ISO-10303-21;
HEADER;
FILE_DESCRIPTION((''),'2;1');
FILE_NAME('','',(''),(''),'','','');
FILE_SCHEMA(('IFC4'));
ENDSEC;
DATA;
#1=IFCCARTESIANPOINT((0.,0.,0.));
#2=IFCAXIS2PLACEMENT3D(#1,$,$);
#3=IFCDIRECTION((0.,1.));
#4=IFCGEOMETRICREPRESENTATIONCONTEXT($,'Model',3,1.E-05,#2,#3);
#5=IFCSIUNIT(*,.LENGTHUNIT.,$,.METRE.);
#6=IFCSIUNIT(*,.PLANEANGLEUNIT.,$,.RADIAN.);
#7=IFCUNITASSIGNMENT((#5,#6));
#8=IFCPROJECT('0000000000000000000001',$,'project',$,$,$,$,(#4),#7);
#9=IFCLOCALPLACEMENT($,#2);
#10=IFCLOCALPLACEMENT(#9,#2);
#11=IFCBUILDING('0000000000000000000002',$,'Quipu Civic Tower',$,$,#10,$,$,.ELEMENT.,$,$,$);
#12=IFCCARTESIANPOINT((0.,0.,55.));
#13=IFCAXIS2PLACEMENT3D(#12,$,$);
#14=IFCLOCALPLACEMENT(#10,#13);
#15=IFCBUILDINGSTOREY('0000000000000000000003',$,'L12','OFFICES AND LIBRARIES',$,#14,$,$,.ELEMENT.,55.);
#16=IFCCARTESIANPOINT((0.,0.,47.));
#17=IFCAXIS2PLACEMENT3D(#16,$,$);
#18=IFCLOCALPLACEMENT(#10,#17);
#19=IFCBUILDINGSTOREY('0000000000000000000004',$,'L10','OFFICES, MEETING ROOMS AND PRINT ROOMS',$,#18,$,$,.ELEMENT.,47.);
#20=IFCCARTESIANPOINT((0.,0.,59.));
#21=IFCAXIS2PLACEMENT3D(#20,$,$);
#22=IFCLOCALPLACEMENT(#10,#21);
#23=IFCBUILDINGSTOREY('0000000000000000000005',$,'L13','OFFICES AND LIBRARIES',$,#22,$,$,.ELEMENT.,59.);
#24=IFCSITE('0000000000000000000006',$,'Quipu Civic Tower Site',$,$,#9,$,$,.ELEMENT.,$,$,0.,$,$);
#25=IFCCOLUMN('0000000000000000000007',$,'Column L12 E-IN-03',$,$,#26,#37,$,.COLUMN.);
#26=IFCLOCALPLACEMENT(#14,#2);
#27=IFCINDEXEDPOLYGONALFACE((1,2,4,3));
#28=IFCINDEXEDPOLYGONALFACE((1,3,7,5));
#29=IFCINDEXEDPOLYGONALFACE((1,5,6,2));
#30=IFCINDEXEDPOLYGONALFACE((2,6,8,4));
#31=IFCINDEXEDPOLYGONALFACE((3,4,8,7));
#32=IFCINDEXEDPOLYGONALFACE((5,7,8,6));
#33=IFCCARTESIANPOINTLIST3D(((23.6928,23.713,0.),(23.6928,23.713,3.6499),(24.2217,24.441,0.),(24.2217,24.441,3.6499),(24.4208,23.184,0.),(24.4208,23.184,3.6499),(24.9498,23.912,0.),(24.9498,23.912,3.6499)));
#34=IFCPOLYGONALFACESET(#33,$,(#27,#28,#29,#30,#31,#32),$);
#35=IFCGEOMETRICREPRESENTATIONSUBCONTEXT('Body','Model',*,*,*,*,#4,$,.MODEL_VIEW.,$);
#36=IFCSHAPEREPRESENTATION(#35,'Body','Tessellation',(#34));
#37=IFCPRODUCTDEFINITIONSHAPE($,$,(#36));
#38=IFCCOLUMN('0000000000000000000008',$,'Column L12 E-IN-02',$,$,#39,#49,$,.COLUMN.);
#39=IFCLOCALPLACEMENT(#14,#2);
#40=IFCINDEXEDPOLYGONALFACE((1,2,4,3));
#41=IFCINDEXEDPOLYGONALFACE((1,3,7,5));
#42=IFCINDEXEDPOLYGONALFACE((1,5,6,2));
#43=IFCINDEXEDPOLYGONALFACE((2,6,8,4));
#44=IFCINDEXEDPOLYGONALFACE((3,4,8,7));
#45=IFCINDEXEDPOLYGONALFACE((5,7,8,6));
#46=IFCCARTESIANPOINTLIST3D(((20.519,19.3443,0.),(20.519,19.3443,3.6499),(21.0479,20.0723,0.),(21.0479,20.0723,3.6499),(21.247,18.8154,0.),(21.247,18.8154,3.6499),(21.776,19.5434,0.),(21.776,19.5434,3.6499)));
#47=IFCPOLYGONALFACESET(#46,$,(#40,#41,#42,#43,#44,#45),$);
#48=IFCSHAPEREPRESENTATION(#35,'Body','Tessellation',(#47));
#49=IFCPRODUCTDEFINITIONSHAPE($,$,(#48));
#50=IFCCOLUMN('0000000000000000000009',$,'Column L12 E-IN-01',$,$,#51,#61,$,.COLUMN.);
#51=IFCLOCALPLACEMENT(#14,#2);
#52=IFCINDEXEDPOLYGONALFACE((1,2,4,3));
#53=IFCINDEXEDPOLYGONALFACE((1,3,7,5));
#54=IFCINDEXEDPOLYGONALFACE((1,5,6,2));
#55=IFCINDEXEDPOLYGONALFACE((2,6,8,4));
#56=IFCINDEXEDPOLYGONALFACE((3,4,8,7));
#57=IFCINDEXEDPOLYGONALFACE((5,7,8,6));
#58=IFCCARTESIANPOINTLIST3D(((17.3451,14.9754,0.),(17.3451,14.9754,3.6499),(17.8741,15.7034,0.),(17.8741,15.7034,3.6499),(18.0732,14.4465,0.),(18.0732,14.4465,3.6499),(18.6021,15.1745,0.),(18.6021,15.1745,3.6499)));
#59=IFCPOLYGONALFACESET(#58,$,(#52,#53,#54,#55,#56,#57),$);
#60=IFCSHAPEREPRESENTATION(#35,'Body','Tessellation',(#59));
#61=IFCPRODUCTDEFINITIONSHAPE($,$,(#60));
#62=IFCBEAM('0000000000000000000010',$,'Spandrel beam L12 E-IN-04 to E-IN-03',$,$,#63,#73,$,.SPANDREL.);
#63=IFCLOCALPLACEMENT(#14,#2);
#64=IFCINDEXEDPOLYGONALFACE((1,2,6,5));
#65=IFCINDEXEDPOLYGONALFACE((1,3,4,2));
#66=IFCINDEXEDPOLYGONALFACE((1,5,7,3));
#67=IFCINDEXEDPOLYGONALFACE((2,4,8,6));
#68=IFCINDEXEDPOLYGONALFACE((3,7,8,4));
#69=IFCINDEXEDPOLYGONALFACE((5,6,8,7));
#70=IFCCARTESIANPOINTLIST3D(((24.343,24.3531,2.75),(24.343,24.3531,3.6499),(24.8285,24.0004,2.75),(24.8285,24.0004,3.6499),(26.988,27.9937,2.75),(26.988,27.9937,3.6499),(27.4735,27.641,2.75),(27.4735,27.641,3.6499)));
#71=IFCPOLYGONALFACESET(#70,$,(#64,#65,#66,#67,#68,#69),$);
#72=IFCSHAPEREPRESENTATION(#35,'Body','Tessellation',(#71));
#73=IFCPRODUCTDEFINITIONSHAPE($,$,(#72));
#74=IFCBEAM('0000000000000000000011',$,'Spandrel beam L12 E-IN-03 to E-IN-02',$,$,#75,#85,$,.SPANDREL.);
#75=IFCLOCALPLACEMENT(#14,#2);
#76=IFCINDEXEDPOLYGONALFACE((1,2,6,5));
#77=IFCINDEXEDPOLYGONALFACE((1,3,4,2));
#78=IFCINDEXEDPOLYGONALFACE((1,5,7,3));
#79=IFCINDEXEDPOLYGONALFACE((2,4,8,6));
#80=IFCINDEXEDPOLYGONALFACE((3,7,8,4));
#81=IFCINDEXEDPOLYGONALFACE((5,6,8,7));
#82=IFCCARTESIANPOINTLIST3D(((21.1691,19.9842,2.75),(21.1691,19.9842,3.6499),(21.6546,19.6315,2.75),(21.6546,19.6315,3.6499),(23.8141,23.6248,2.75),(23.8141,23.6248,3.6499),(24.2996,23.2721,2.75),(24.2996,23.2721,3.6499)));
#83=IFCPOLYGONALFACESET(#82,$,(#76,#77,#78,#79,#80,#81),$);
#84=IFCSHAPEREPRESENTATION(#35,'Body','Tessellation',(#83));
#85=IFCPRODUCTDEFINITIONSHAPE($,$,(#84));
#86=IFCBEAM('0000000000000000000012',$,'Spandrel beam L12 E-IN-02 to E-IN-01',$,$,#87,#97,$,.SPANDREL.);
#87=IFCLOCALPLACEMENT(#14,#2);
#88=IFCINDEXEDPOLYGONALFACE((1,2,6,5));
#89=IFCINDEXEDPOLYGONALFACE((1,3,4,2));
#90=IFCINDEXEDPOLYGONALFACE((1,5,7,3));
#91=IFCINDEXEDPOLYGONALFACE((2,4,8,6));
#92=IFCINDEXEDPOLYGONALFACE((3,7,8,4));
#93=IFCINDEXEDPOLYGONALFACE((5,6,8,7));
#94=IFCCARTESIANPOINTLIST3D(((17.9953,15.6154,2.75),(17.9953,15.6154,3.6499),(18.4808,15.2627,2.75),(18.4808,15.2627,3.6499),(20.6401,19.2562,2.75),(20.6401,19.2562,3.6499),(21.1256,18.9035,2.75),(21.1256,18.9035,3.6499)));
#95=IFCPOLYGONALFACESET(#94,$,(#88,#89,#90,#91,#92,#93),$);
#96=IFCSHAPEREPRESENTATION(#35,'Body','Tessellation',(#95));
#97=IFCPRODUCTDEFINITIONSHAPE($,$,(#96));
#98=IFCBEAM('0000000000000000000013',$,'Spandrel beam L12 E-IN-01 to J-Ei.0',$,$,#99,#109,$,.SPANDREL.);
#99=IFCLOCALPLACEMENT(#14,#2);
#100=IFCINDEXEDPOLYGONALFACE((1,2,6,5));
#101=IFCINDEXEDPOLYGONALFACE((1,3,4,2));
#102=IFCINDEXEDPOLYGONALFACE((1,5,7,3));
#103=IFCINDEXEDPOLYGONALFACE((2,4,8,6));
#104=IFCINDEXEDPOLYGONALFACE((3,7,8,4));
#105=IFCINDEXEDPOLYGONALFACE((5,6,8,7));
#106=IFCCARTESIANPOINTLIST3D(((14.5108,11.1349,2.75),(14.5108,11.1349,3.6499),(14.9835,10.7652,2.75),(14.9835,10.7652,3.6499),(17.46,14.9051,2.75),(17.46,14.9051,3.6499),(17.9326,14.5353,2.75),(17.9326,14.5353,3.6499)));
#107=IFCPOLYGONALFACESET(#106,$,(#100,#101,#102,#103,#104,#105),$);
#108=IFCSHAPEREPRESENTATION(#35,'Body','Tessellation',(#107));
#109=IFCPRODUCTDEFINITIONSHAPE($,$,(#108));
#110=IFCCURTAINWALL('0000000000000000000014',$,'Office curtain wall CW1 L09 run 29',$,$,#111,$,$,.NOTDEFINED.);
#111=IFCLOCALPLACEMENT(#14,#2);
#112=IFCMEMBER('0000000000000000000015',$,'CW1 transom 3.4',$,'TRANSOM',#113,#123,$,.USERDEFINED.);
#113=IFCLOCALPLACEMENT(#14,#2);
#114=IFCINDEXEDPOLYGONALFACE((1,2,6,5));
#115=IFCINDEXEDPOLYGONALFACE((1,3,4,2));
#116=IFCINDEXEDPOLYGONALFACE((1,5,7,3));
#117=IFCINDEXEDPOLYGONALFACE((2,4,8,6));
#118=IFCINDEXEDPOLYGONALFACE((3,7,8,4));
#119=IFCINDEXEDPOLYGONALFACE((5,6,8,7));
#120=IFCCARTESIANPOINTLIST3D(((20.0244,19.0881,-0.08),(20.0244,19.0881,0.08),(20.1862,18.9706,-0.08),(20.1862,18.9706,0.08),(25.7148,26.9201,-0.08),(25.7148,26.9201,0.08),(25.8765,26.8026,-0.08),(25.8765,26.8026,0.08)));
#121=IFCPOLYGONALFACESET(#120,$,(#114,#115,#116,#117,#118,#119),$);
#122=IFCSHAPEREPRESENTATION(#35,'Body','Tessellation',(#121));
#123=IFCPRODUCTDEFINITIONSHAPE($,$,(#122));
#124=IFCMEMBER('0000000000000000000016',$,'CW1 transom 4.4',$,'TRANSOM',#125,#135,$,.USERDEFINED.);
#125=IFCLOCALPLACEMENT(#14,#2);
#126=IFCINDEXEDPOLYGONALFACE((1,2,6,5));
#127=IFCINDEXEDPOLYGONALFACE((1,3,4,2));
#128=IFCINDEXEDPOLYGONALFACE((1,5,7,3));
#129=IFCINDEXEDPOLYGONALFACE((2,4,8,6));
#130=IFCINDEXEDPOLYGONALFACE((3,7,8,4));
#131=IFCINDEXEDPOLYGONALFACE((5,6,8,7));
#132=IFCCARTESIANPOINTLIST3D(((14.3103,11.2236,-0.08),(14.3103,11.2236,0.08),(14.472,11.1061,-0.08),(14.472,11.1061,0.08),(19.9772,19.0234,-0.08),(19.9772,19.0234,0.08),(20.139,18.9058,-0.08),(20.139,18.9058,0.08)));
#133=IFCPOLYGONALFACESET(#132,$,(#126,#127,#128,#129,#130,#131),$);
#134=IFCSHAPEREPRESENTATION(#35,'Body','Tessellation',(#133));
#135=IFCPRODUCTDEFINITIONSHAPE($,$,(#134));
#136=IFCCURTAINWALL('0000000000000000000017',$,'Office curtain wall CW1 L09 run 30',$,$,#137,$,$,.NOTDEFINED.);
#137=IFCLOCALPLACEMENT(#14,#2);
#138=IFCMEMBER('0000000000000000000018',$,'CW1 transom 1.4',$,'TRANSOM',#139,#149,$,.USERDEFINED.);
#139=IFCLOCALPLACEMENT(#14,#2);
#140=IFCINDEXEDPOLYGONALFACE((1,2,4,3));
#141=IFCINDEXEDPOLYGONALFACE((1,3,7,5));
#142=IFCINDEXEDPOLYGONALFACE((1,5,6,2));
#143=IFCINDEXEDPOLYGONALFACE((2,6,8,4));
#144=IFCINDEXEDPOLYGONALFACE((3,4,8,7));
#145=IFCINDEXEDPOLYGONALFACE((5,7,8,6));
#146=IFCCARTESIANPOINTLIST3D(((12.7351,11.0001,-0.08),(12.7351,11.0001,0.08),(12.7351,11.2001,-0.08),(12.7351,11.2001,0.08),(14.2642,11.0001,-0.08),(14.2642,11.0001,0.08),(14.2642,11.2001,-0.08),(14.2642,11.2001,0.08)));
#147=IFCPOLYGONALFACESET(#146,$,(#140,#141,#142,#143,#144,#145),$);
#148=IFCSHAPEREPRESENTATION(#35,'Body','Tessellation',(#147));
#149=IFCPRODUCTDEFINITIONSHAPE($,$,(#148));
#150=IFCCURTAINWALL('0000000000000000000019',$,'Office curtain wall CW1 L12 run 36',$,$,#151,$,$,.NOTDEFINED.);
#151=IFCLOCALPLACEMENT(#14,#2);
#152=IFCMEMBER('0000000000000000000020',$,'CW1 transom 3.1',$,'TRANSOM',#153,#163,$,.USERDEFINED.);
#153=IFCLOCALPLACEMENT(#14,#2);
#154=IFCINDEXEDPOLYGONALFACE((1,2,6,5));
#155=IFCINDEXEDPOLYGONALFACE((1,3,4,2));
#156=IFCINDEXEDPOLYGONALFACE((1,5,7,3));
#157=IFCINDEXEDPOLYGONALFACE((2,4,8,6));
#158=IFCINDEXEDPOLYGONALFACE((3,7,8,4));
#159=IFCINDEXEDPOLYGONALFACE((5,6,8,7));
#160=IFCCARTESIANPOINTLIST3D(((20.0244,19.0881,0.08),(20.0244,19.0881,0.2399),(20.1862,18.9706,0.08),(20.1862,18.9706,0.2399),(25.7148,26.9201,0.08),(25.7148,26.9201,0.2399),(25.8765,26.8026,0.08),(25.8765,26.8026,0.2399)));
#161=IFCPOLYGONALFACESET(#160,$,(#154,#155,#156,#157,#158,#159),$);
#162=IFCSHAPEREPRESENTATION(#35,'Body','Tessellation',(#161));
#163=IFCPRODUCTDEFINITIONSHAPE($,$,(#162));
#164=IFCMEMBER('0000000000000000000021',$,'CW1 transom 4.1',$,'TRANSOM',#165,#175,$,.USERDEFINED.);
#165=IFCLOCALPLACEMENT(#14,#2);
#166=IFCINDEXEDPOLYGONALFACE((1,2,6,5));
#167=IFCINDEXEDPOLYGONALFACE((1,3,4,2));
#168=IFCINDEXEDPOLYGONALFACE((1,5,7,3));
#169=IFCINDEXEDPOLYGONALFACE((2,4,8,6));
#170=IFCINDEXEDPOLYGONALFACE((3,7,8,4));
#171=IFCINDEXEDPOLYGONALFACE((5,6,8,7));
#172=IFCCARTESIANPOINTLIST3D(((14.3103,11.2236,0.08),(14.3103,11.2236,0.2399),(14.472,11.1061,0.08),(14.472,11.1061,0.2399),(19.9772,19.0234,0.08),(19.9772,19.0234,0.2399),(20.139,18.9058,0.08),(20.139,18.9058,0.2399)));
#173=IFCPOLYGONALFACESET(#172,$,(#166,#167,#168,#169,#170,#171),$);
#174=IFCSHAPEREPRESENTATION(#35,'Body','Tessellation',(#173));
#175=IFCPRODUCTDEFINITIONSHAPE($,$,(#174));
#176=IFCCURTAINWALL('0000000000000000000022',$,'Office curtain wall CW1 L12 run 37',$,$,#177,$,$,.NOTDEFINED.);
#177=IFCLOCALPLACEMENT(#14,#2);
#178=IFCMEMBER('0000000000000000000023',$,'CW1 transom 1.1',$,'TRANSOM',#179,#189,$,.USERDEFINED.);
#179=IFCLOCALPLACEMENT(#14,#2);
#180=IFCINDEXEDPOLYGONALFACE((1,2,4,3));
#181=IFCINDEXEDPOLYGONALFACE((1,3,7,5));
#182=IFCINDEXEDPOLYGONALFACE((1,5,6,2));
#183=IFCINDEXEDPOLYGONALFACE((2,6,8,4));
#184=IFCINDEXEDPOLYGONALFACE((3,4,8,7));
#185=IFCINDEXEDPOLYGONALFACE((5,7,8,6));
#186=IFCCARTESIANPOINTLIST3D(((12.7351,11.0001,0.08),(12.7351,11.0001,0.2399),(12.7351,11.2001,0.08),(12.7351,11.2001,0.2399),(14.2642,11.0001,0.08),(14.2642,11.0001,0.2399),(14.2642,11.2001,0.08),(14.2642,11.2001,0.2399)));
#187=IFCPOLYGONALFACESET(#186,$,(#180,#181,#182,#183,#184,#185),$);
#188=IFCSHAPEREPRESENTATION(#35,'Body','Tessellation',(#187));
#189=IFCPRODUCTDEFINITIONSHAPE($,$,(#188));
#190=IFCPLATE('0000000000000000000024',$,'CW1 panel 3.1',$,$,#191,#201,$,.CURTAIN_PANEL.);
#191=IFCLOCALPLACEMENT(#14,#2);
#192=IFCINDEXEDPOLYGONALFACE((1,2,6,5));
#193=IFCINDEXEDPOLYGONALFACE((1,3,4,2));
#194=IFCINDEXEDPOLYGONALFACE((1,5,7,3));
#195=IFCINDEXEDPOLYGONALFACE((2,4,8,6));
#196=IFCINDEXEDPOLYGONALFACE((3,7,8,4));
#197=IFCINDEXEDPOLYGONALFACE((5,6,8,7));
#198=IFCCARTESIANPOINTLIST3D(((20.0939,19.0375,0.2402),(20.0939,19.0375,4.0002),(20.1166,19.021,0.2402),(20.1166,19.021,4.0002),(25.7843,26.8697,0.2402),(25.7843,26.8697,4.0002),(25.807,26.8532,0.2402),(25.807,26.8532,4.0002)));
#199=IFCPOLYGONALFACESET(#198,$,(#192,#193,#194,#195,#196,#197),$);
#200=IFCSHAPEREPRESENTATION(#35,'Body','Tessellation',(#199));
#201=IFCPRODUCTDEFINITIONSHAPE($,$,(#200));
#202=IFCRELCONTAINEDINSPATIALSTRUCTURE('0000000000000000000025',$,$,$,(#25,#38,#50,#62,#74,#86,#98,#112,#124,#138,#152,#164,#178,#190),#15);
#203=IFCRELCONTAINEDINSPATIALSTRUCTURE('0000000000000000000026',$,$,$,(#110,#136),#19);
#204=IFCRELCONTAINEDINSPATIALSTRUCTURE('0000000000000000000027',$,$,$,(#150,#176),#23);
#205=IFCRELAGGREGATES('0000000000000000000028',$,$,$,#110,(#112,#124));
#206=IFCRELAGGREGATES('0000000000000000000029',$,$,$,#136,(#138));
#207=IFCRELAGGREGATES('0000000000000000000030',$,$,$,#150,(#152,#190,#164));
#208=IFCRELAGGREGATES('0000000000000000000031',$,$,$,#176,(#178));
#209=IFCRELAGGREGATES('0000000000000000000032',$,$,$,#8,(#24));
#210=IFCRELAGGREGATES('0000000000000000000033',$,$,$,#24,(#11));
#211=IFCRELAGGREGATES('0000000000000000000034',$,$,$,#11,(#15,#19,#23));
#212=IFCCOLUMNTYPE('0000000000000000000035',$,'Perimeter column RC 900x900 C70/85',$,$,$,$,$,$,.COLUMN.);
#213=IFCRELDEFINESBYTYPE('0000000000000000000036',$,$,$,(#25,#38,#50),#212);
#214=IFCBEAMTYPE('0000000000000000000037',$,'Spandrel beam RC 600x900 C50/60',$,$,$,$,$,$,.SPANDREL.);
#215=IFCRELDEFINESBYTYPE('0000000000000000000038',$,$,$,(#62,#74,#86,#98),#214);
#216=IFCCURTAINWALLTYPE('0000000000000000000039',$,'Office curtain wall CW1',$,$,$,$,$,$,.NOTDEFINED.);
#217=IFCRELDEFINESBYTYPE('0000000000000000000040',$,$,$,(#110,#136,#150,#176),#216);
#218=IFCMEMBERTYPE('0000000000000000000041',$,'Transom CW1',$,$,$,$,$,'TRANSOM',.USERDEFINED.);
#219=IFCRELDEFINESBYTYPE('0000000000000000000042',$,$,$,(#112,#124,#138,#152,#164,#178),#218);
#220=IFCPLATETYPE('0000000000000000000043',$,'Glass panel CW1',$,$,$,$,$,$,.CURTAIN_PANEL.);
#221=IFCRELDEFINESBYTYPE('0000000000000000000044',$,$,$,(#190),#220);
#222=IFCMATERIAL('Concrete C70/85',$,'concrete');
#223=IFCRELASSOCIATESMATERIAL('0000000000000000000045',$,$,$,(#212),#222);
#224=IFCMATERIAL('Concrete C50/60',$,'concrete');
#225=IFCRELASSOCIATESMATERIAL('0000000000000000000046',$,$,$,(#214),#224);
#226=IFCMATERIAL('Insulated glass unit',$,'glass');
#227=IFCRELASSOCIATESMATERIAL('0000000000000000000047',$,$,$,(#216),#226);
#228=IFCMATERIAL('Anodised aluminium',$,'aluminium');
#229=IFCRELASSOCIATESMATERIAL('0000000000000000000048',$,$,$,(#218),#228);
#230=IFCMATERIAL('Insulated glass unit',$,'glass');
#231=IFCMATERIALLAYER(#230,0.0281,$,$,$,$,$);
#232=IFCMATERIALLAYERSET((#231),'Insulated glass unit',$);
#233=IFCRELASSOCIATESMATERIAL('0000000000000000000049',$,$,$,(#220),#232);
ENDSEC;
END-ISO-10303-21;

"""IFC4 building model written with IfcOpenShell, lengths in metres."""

from ifc_helpers import new_model, si_unit, direction, frame, origin, origin_2d, place, context, subcontext, project, spatial, rectangle, extrude, material, layer, layer_set, material_profile, profile_set, type_object, element, aggregate, save


model = new_model("IFC4")

# Units and contexts
model_context = context("Model", 3, precision=1e-05, world=origin(), true_north=direction((0.0, 1.0)))
body_context = subcontext(model_context, "Body", "Model", "MODEL_VIEW")
ifc_project = project(units=[si_unit("LENGTHUNIT", "METRE"), si_unit("PLANEANGLEUNIT", "RADIAN")], contexts=[model_context])

# Site, building, storey
site_placement = place(None, origin())
site = spatial("IfcSite", under=ifc_project, at=site_placement, Name="Quipu Civic Tower Site", CompositionType="ELEMENT", RefElevation=0.0)
building_placement = place(site_placement, origin())
building = spatial("IfcBuilding", under=site, at=building_placement, Name="Quipu Civic Tower", CompositionType="ELEMENT")
storey_1_placement = place(building_placement, frame((0.0, 0.0, 55.0)))
storey_1 = spatial("IfcBuildingStorey", under=building, at=storey_1_placement, Name="L12", Description="OFFICES AND LIBRARIES", CompositionType="ELEMENT", Elevation=55.0)

# Columns
ifc_material_1 = material(Name="Concrete C70/85", Category="concrete")
ifc_material_profile_1 = material_profile(ifc_material_1, rectangle(XDim=0.8999, YDim=0.8999, at=origin_2d()), Name="RC900x900")
ifc_profile_set_1 = profile_set([ifc_material_profile_1], Name="Concrete C70/85")
column_type = type_object("IfcColumnType", Name="Perimeter column RC 900x900 C70/85", PredefinedType="COLUMN", material=ifc_profile_set_1)
for number, where, z_axis, x_axis, name in (
    (1, (24.3213, 23.8125, 0.0), (0.0, 0.0, 1.0), (-0.587785, -0.809017, 0.0), "Column L12 E-IN-03"),
    (2, (21.1475, 19.4438, 0.0), (0.0, 0.0, 1.0), (-0.587785, -0.809017, 0.0), "Column L12 E-IN-02"),
    (3, (17.9736, 15.075, 0.0), (0.0, 0.0, 1.0), (-0.587785, -0.809017, 0.0), "Column L12 E-IN-01"),
):
    element("IfcColumn", number, at=place(storey_1_placement, frame(where, z_axis=z_axis, x_axis=x_axis)), inside=storey_1, type_object=column_type, Name=name, PredefinedType="COLUMN", context=body_context, shape_type="SweptSolid", body=[
        extrude(rectangle(XDim=0.8999, YDim=0.8999, at=origin_2d()), origin(), (0.0, 0.0, 1.0), 3.6499),
    ])

# Beams
ifc_material_2 = material(Name="Concrete C50/60", Category="concrete")
ifc_material_profile_2 = material_profile(ifc_material_2, rectangle(XDim=0.6001, YDim=0.8999, at=origin_2d()), Name="RC600x900")
ifc_profile_set_2 = profile_set([ifc_material_profile_2], Name="Concrete C50/60")
beam_type = type_object("IfcBeamType", Name="Spandrel beam RC 600x900 C50/60", PredefinedType="SPANDREL", material=ifc_profile_set_2)
for number, where, z_axis, x_axis, name in (
    (4, (27.2307, 27.8174, 3.2), (-0.587778, -0.809022, 0.0), (0.809022, -0.587778, 0.0), "Spandrel beam L12 E-IN-04 to E-IN-03"),
    (5, (24.0569, 23.4485, 3.2), (-0.587778, -0.809022, 0.0), (0.809022, -0.587778, 0.0), "Spandrel beam L12 E-IN-03 to E-IN-02"),
    (6, (20.8828, 19.0798, 3.2), (-0.587717, -0.809067, 0.0), (0.809067, -0.587717, 0.0), "Spandrel beam L12 E-IN-02 to E-IN-01"),
):
    element("IfcBeam", number, at=place(storey_1_placement, frame(where, z_axis=z_axis, x_axis=x_axis)), inside=storey_1, type_object=beam_type, Name=name, PredefinedType="SPANDREL", context=body_context, shape_type="SweptSolid", body=[
        extrude(rectangle(XDim=0.6001, YDim=0.8999, at=origin_2d()), origin(), (0.0, 0.0, 1.0), 4.5),
    ])
beam_placement = place(storey_1_placement, frame((17.6963, 14.7202, 3.2), z_axis=(-0.616124, -0.787649, 0.0), x_axis=(0.787649, -0.616124, 0.0)))
element("IfcBeam", 7, at=beam_placement, inside=storey_1, type_object=beam_type, Name="Spandrel beam L12 E-IN-01 to J-Ei.0", PredefinedType="SPANDREL", context=body_context, shape_type="SweptSolid", body=[
    extrude(rectangle(XDim=0.6001, YDim=0.8999, at=origin_2d()), origin(), (0.0, 0.0, 1.0), 4.7866),
])

# Shared definitions
storey_2_placement = place(building_placement, frame((0.0, 0.0, 47.0)))
storey_2 = spatial("IfcBuildingStorey", under=building, at=storey_2_placement, Name="L10", Description="OFFICES, MEETING ROOMS AND PRINT ROOMS", CompositionType="ELEMENT", Elevation=47.0)

# Curtain wall, members
ifc_material_3 = material(Name="Insulated glass unit", Category="glass")
curtain_wall_type = type_object("IfcCurtainWallType", Name="Office curtain wall CW1", PredefinedType="NOTDEFINED", material=ifc_material_3)
curtain_wall_1_placement = place(storey_2_placement, origin())
curtain_wall_1 = element("IfcCurtainWall", 8, at=curtain_wall_1_placement, inside=storey_2, type_object=curtain_wall_type, Name="Office curtain wall CW1 L09 run 29", PredefinedType="NOTDEFINED")
ifc_material_4 = material(Name="Anodised aluminium", Category="aluminium")
ifc_material_profile_3 = material_profile(ifc_material_4, rectangle(XDim=0.2, YDim=0.1599, at=origin_2d()), Name="RECT 200x160")
ifc_profile_set_3 = profile_set([ifc_material_profile_3], Name="Anodised aluminium")
member_type = type_object("IfcMemberType", Name="Transom CW1", ElementType="TRANSOM", PredefinedType="USERDEFINED", material=ifc_profile_set_3)
member_1_placement = place(storey_1_placement, frame((25.7957, 26.8613, 0.0), z_axis=(-0.587794, -0.809011, 0.0), x_axis=(0.809011, -0.587794, 0.0)))
member_1 = element("IfcMember", 9, at=member_1_placement, inside=storey_1, type_object=member_type, Name="CW1 transom 3.4", ObjectType="TRANSOM", PredefinedType="USERDEFINED", context=body_context, shape_type="SweptSolid", body=[
    extrude(rectangle(XDim=0.2, YDim=0.1599, at=origin_2d()), origin(), (0.0, 0.0, 1.0), 9.6809),
])
member_2_placement = place(storey_1_placement, frame((20.0581, 18.9646, 0.0), z_axis=(-0.587792, -0.809012, 0.0), x_axis=(0.809012, -0.587792, 0.0)))
member_2 = element("IfcMember", 10, at=member_2_placement, inside=storey_1, type_object=member_type, Name="CW1 transom 4.4", ObjectType="TRANSOM", PredefinedType="USERDEFINED", context=body_context, shape_type="SweptSolid", body=[
    extrude(rectangle(XDim=0.2, YDim=0.1599, at=origin_2d()), origin(), (0.0, 0.0, 1.0), 9.6411),
])
aggregate(curtain_wall_1, [member_1, member_2])

# Curtain wall, member
curtain_wall_2_placement = place(storey_2_placement, origin())
curtain_wall_2 = element("IfcCurtainWall", 11, at=curtain_wall_2_placement, inside=storey_2, type_object=curtain_wall_type, Name="Office curtain wall CW1 L09 run 30", PredefinedType="NOTDEFINED")
member_3_placement = place(storey_1_placement, frame((14.2642, 11.1001, 0.0), z_axis=(-1.0, 0.0, 0.0), x_axis=(0.0, -1.0, 0.0)))
member_3 = element("IfcMember", 12, at=member_3_placement, inside=storey_1, type_object=member_type, Name="CW1 transom 1.4", ObjectType="TRANSOM", PredefinedType="USERDEFINED", context=body_context, shape_type="SweptSolid", body=[
    extrude(rectangle(XDim=0.2, YDim=0.1599, at=origin_2d()), origin(), (0.0, 0.0, 1.0), 1.5291),
])
aggregate(curtain_wall_2, [member_3])

# Shared definitions
storey_3_placement = place(building_placement, frame((0.0, 0.0, 59.0)))
storey_3 = spatial("IfcBuildingStorey", under=building, at=storey_3_placement, Name="L13", Description="OFFICES AND LIBRARIES", CompositionType="ELEMENT", Elevation=59.0)

# Curtain wall, members
curtain_wall_3_placement = place(storey_3_placement, origin())
curtain_wall_3 = element("IfcCurtainWall", 13, at=curtain_wall_3_placement, inside=storey_3, type_object=curtain_wall_type, Name="Office curtain wall CW1 L12 run 36", PredefinedType="NOTDEFINED")
member_4_placement = place(storey_1_placement, frame((25.7957, 26.8613, 0.1599), z_axis=(-0.587794, -0.809011, 0.0), x_axis=(0.809011, -0.587794, 0.0)))
member_4 = element("IfcMember", 14, at=member_4_placement, inside=storey_1, type_object=member_type, Name="CW1 transom 3.1", ObjectType="TRANSOM", PredefinedType="USERDEFINED", context=body_context, shape_type="SweptSolid", body=[
    extrude(rectangle(XDim=0.2, YDim=0.1599, at=origin_2d()), origin(), (0.0, 0.0, 1.0), 9.6809),
])
member_5_placement = place(storey_1_placement, frame((20.0581, 18.9646, 0.1599), z_axis=(-0.587792, -0.809012, 0.0), x_axis=(0.809012, -0.587792, 0.0)))
member_5 = element("IfcMember", 15, at=member_5_placement, inside=storey_1, type_object=member_type, Name="CW1 transom 4.1", ObjectType="TRANSOM", PredefinedType="USERDEFINED", context=body_context, shape_type="SweptSolid", body=[
    extrude(rectangle(XDim=0.2, YDim=0.1599, at=origin_2d()), origin(), (0.0, 0.0, 1.0), 9.6411),
])

# Curtain wall, member
curtain_wall_4_placement = place(storey_3_placement, origin())
curtain_wall_4 = element("IfcCurtainWall", 16, at=curtain_wall_4_placement, inside=storey_3, type_object=curtain_wall_type, Name="Office curtain wall CW1 L12 run 37", PredefinedType="NOTDEFINED")
member_6_placement = place(storey_1_placement, frame((14.2642, 11.1001, 0.1599), z_axis=(-1.0, 0.0, 0.0), x_axis=(0.0, -1.0, 0.0)))
member_6 = element("IfcMember", 17, at=member_6_placement, inside=storey_1, type_object=member_type, Name="CW1 transom 1.1", ObjectType="TRANSOM", PredefinedType="USERDEFINED", context=body_context, shape_type="SweptSolid", body=[
    extrude(rectangle(XDim=0.2, YDim=0.1599, at=origin_2d()), origin(), (0.0, 0.0, 1.0), 1.5291),
])

# Plate
ifc_material_5 = material(Name="Insulated glass unit", Category="glass")
ifc_layer = layer(ifc_material_5, 0.0281)
ifc_layer_set = layer_set([ifc_layer], Name="Insulated glass unit")
plate_type_1 = type_object("IfcPlateType", Name="Glass panel CW1", PredefinedType="CURTAIN_PANEL", material=ifc_layer_set)
plate_1_placement = place(storey_1_placement, frame((22.9504, 22.9453, 0.2402), z_axis=(0.0, 0.0, 1.0), x_axis=(-0.587786, -0.809017, 0.0)))
plate_1 = element("IfcPlate", 18, at=plate_1_placement, inside=storey_1, type_object=plate_type_1, Name="CW1 panel 3.1", PredefinedType="CURTAIN_PANEL", context=body_context, shape_type="SweptSolid", body=[
    extrude(rectangle(XDim=9.6812, YDim=0.0281, at=origin_2d()), origin(), (0.0, 0.0, 1.0), 3.76),
])
aggregate(curtain_wall_3, [member_4, plate_1, member_5])
aggregate(curtain_wall_4, [member_6])

save(model, "model.ifc")
